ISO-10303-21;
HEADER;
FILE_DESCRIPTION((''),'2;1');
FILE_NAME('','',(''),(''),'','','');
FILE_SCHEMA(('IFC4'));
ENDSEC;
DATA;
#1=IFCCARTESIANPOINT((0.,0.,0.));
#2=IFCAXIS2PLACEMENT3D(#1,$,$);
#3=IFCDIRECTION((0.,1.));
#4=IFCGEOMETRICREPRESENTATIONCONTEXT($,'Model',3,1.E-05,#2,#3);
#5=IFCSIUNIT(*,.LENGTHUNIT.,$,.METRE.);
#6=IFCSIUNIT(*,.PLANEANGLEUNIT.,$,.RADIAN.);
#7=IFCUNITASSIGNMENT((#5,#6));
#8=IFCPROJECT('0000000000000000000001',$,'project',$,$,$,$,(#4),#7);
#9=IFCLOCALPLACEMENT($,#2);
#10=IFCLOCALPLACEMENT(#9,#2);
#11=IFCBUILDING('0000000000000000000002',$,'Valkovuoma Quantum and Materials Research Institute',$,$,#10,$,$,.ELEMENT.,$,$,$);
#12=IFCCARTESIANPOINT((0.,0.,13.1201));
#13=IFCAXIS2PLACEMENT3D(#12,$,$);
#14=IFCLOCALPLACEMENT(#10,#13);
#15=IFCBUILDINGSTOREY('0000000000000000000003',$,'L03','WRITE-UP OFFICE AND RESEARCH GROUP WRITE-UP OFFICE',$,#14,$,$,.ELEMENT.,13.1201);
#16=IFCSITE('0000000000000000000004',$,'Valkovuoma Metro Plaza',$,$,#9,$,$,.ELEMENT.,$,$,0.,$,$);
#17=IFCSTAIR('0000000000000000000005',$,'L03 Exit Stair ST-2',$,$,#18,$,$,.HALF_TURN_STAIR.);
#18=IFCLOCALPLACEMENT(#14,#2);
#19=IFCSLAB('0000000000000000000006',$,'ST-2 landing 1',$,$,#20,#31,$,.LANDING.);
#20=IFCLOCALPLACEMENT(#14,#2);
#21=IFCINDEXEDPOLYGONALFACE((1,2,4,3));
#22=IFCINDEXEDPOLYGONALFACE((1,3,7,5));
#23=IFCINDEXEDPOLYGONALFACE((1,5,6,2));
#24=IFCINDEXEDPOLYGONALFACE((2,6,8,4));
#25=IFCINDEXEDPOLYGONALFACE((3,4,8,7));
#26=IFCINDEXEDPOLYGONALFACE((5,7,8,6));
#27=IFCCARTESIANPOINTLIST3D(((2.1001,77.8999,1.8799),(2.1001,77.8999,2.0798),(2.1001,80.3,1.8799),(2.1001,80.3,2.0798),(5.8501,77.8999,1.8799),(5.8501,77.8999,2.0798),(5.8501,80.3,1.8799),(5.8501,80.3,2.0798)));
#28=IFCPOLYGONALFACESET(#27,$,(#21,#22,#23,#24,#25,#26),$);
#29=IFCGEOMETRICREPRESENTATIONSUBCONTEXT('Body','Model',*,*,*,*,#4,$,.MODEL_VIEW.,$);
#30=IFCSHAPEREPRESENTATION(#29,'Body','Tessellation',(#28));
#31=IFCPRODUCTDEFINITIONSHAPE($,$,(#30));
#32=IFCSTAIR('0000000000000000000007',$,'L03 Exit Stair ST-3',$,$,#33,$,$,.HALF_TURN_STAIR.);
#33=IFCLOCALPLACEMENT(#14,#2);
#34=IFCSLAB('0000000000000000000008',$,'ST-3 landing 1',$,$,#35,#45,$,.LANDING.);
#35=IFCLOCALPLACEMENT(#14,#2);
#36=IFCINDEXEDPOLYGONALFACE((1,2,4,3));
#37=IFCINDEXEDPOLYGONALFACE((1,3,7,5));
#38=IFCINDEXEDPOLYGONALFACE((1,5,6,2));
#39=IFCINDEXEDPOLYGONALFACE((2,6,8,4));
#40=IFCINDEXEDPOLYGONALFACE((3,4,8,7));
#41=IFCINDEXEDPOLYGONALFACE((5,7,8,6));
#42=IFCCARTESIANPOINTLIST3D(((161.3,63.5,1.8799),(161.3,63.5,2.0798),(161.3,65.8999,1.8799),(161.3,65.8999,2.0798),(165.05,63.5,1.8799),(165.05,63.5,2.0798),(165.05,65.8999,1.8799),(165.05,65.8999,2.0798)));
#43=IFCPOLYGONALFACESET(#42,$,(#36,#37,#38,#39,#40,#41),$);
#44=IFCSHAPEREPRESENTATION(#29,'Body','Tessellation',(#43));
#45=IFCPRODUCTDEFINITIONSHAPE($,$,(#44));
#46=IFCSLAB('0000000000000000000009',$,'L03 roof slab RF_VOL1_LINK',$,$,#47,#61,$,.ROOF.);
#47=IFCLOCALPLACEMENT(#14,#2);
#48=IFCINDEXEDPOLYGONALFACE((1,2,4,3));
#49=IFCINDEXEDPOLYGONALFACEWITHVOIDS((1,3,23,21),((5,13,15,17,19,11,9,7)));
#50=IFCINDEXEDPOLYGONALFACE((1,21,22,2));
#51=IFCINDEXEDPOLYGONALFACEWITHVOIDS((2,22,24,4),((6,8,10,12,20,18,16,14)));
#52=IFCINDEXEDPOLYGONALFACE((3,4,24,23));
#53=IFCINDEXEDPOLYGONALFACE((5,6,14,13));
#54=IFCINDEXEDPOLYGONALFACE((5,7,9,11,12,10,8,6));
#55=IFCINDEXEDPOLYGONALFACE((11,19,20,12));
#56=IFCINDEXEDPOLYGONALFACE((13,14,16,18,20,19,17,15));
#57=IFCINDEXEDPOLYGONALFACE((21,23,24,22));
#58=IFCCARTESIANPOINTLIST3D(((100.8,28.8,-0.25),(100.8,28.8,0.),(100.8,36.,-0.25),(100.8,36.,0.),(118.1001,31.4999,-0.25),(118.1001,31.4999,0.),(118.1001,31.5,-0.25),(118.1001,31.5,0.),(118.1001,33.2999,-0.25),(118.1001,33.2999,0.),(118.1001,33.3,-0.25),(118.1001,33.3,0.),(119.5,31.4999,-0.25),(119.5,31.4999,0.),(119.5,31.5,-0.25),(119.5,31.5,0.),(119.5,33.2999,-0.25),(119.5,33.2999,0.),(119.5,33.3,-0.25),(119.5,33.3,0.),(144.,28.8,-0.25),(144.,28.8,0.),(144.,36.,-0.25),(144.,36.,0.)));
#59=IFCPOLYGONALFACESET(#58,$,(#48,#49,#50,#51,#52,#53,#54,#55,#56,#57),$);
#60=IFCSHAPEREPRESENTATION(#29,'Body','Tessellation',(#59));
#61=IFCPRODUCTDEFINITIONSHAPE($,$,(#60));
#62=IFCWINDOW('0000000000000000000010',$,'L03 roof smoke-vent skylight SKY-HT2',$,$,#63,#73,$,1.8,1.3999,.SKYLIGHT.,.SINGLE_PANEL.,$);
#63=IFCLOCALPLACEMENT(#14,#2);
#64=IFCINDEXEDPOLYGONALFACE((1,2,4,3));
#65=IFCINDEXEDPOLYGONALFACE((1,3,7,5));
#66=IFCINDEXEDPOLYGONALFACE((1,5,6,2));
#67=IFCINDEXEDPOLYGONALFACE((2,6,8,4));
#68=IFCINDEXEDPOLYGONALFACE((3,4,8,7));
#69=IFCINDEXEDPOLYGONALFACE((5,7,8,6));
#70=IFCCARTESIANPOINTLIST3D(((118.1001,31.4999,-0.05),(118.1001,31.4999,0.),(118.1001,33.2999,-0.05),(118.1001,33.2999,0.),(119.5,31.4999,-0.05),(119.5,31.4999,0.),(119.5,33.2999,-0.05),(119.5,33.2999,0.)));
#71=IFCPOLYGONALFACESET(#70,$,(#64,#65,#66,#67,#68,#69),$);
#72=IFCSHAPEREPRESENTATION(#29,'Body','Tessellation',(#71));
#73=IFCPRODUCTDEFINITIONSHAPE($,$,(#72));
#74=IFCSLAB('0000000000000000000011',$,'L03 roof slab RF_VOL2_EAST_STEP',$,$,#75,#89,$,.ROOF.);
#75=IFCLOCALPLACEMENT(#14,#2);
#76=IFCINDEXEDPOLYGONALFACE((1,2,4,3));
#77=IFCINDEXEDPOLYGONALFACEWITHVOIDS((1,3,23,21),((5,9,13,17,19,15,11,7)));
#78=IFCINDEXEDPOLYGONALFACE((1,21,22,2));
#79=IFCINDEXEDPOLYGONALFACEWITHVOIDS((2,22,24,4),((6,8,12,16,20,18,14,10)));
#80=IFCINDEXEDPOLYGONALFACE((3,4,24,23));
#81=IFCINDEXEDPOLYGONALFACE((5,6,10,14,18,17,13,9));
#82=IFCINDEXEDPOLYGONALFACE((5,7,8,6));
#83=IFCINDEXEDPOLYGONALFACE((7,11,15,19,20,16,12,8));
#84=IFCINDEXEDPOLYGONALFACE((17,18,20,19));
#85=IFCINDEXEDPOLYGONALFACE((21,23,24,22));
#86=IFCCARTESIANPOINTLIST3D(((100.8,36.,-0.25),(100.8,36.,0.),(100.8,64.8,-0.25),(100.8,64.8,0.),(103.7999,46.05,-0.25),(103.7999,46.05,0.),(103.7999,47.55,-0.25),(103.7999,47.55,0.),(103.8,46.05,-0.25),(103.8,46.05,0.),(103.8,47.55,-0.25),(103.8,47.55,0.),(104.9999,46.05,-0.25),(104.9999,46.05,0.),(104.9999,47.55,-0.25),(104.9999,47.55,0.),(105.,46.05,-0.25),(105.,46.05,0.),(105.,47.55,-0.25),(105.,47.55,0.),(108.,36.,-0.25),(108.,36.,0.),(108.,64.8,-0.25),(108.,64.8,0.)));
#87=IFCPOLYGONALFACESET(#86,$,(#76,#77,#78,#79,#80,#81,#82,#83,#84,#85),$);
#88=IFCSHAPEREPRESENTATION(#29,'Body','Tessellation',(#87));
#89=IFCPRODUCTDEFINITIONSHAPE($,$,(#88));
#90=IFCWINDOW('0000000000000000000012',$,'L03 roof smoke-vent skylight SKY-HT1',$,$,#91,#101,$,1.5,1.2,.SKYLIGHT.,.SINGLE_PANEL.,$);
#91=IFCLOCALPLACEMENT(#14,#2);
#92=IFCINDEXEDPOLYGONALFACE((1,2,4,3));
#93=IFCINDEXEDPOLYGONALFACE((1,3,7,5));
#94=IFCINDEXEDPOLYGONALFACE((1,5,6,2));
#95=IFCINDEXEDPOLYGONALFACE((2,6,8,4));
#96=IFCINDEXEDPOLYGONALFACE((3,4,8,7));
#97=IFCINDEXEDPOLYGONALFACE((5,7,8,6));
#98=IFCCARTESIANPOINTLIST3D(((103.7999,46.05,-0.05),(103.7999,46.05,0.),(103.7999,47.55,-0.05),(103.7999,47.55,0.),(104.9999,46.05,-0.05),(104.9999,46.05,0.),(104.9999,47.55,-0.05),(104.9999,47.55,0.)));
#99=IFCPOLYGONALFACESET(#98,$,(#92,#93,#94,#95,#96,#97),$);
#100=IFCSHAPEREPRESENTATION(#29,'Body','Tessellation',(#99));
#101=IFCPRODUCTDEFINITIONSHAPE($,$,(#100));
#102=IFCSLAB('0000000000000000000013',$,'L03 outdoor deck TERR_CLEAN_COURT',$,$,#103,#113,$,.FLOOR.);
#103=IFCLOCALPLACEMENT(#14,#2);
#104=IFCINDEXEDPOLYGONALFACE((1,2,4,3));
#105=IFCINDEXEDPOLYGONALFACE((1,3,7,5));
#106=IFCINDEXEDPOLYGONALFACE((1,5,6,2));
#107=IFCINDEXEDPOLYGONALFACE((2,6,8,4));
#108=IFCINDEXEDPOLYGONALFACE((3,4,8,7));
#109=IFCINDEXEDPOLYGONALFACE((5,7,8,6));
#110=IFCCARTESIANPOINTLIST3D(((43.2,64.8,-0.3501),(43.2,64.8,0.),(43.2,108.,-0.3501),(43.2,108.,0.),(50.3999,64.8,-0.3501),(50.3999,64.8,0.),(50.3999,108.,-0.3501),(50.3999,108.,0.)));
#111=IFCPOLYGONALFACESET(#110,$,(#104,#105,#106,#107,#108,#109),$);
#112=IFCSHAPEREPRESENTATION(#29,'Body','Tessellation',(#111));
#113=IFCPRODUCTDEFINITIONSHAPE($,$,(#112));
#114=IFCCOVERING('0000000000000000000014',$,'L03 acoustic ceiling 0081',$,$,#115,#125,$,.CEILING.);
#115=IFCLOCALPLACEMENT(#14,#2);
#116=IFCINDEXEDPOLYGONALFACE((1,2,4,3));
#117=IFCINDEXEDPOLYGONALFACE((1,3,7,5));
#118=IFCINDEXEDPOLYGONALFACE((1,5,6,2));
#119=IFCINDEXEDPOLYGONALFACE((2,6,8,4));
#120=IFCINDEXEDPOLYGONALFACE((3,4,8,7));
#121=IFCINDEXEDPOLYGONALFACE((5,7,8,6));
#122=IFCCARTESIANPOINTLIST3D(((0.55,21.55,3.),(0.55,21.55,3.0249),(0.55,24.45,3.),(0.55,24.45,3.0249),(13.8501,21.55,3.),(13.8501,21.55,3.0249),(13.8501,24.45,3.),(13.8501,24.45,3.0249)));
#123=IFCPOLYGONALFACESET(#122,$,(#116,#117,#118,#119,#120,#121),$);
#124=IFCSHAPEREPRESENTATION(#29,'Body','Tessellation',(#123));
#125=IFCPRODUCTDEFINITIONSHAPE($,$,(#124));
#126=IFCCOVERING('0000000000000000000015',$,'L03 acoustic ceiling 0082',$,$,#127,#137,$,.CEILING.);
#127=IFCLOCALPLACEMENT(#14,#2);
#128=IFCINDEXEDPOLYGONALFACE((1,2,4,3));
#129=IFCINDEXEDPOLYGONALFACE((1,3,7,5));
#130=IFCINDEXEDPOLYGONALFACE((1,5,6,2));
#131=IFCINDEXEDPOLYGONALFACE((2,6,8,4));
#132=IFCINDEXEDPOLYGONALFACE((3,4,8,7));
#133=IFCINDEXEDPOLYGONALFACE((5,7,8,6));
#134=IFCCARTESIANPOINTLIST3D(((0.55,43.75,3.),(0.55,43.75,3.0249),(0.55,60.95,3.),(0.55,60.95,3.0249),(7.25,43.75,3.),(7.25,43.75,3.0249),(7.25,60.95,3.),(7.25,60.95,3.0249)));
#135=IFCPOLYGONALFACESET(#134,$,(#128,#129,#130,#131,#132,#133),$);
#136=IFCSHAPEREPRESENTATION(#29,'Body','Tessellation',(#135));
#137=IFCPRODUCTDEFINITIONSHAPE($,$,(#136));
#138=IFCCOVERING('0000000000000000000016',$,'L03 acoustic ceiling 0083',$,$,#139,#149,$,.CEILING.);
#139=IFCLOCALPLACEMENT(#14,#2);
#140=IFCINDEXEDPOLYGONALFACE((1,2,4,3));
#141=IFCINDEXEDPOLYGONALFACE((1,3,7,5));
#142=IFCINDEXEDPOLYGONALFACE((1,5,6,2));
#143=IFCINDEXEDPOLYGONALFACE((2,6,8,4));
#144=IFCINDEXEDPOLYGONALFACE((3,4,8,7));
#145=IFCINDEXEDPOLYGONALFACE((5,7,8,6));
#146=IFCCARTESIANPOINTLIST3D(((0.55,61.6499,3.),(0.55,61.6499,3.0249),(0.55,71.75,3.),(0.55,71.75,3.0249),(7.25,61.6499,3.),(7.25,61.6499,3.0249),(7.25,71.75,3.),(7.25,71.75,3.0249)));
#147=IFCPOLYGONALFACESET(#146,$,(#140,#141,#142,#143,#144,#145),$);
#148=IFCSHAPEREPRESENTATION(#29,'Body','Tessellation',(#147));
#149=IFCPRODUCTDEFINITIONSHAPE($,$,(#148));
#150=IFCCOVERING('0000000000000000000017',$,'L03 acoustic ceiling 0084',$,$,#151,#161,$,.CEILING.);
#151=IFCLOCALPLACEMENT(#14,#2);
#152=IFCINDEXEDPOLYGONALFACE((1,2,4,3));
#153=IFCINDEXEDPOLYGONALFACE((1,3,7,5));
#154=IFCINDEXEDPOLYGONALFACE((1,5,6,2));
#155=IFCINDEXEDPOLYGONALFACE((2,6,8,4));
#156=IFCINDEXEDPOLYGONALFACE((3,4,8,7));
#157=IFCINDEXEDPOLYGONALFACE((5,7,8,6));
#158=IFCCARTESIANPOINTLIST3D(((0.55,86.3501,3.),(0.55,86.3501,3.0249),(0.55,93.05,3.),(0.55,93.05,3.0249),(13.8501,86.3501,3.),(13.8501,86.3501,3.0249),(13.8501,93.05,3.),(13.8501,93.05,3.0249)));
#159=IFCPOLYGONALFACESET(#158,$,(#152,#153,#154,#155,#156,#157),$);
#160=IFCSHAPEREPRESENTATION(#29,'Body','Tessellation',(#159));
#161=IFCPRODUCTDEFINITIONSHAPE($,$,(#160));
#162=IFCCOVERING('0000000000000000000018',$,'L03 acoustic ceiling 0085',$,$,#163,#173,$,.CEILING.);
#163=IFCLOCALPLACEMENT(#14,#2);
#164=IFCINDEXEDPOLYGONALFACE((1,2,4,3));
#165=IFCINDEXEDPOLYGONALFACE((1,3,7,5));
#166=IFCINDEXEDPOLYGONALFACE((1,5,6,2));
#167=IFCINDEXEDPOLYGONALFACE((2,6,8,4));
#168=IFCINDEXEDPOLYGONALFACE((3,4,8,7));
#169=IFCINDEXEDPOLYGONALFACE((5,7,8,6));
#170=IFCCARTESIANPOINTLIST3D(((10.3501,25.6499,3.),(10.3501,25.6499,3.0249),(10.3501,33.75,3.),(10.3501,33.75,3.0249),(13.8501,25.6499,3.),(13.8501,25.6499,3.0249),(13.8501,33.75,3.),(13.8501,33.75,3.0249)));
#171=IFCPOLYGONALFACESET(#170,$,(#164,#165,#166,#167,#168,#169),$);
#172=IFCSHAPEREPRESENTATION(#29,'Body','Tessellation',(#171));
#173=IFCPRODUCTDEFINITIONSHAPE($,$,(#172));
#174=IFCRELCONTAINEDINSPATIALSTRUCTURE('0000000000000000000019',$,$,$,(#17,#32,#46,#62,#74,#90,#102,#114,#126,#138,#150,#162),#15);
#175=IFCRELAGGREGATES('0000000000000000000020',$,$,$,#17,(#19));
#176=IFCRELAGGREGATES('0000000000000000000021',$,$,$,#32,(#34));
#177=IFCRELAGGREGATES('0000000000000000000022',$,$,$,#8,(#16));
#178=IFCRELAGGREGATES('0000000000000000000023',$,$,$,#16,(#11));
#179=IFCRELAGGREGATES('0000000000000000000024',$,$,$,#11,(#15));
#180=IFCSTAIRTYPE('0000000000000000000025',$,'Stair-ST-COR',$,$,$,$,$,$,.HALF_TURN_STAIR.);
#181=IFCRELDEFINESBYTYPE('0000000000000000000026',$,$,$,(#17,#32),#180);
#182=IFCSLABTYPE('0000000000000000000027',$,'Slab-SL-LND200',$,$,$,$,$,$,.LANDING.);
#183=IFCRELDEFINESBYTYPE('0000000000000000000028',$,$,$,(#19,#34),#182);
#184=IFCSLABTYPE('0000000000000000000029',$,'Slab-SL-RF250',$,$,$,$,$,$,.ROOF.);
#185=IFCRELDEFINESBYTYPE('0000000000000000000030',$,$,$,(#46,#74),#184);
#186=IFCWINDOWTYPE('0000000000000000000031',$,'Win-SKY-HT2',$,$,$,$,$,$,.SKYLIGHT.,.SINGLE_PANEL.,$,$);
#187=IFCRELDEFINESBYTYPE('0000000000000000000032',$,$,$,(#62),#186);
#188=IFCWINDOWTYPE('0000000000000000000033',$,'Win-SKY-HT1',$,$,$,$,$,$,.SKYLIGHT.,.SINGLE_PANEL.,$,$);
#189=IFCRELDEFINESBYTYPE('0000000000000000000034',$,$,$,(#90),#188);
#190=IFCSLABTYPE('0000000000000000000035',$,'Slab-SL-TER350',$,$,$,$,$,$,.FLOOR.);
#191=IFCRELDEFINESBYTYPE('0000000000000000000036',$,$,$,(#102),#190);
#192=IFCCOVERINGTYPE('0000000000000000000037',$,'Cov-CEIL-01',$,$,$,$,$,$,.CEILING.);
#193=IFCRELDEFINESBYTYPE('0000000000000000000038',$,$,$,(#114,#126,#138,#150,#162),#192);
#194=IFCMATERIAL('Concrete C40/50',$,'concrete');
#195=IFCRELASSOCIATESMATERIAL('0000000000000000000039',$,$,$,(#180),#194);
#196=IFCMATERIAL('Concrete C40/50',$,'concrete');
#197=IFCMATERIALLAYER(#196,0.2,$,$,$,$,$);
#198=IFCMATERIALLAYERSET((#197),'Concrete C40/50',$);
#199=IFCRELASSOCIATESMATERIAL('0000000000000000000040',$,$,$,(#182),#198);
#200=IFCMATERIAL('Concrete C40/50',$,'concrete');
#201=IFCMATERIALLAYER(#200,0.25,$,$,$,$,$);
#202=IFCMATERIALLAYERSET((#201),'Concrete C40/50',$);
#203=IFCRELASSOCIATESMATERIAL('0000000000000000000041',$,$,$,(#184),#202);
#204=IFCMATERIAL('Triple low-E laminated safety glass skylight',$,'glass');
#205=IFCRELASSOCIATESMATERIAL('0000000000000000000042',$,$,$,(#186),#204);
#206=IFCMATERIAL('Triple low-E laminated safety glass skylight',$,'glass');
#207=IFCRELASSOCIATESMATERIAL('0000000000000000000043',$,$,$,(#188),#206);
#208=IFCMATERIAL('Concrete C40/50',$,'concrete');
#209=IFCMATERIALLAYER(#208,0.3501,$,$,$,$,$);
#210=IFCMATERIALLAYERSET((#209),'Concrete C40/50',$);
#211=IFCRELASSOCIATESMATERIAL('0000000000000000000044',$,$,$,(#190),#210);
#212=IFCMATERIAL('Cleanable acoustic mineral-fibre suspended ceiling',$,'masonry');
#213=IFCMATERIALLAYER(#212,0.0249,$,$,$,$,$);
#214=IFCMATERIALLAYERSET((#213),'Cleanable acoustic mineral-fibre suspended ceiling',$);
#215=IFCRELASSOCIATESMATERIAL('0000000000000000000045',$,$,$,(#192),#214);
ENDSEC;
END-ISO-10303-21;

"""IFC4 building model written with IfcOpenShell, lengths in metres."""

from ifc_helpers import new_model, si_unit, direction, frame, origin, origin_2d, place, context, subcontext, project, spatial, polyline, rectangle, outline, extrude, material, layer, layer_set, type_object, element, fill, aggregate, save


model = new_model("IFC4")

# Units and contexts
model_context = context("Model", 3, precision=1e-05, world=origin(), true_north=direction((0.0, 1.0)))
body_context = subcontext(model_context, "Body", "Model", "MODEL_VIEW")
ifc_project = project(units=[si_unit("LENGTHUNIT", "METRE"), si_unit("PLANEANGLEUNIT", "RADIAN")], contexts=[model_context])

# Site, building, storey
site_placement = place(None, origin())
site = spatial("IfcSite", under=ifc_project, at=site_placement, Name="Valkovuoma Metro Plaza", CompositionType="ELEMENT", RefElevation=0.0)
building_placement = place(site_placement, origin())
building = spatial("IfcBuilding", under=site, at=building_placement, Name="Valkovuoma Quantum and Materials Research Institute", CompositionType="ELEMENT")
storey_placement = place(building_placement, frame((0.0, 0.0, 13.1201)))
storey = spatial("IfcBuildingStorey", under=building, at=storey_placement, Name="L03", Description="WRITE-UP OFFICE AND RESEARCH GROUP WRITE-UP OFFICE", CompositionType="ELEMENT", Elevation=13.1201)

# Stairs, slabs
ifc_material_1 = material(Name="Concrete C40/50", Category="concrete")
stair_type = type_object("IfcStairType", Name="Stair-ST-COR", PredefinedType="HALF_TURN_STAIR", material=ifc_material_1)
ifc_material_2 = material(Name="Concrete C40/50", Category="concrete")
ifc_layer_1 = layer(ifc_material_2, 0.2)
ifc_layer_set_1 = layer_set([ifc_layer_1], Name="Concrete C40/50")
slab_type_1 = type_object("IfcSlabType", Name="Slab-SL-LND200", PredefinedType="LANDING", material=ifc_layer_set_1)
stair_1_placement = place(storey_placement, origin())
stair_1 = element("IfcStair", 1, at=stair_1_placement, inside=storey, type_object=stair_type, Name="L03 Exit Stair ST-2", PredefinedType="HALF_TURN_STAIR")
slab_1_placement = place(storey_placement, frame((0.0, 0.0, 1.8799)))
slab_1 = element("IfcSlab", 2, at=slab_1_placement, type_object=slab_type_1, Name="ST-2 landing 1", PredefinedType="LANDING", context=body_context, shape_type="SweptSolid", body=[
    extrude(outline(polyline([(5.8501, 77.8999), (5.8501, 80.3), (2.1001, 80.3), (2.1001, 77.8999), (5.8501, 77.8999)])), origin(), (0.0, 0.0, 1.0), 0.2),
])
aggregate(stair_1, [slab_1])
stair_2_placement = place(storey_placement, origin())
stair_2 = element("IfcStair", 3, at=stair_2_placement, inside=storey, type_object=stair_type, Name="L03 Exit Stair ST-3", PredefinedType="HALF_TURN_STAIR")
slab_2_placement = place(storey_placement, frame((0.0, 0.0, 1.8799)))
slab_2 = element("IfcSlab", 4, at=slab_2_placement, type_object=slab_type_1, Name="ST-3 landing 1", PredefinedType="LANDING", context=body_context, shape_type="SweptSolid", body=[
    extrude(outline(polyline([(165.05, 63.5), (165.05, 65.8999), (161.3, 65.8999), (161.3, 63.5), (165.05, 63.5)])), origin(), (0.0, 0.0, 1.0), 0.2),
])
aggregate(stair_2, [slab_2])

# Slabs, openings, windows
ifc_material_3 = material(Name="Concrete C40/50", Category="concrete")
ifc_layer_2 = layer(ifc_material_3, 0.25)
ifc_layer_set_2 = layer_set([ifc_layer_2], Name="Concrete C40/50")
slab_type_2 = type_object("IfcSlabType", Name="Slab-SL-RF250", PredefinedType="ROOF", material=ifc_layer_set_2)
slab_3_placement = place(storey_placement, frame((0.0, 0.0, -0.25)))
slab_3 = element("IfcSlab", 5, at=slab_3_placement, inside=storey, type_object=slab_type_2, Name="L03 roof slab RF_VOL1_LINK", PredefinedType="ROOF", context=body_context, shape_type="SweptSolid", body=[
    extrude(outline(polyline([(100.8, 28.8), (144.0, 28.8), (144.0, 36.0), (100.8, 36.0), (100.8, 28.8)]), holes=[polyline([(118.1001, 31.5), (119.5, 31.5), (119.5, 33.3), (118.1001, 33.3), (118.1001, 31.5)])]), origin(), (0.0, 0.0, 1.0), 0.25),
])
opening_1_placement = place(slab_3_placement, frame((118.8, 32.3999, -0.01)))
opening_1 = element("IfcOpeningElement", 6, at=opening_1_placement, cuts=slab_3, PredefinedType="OPENING", context=body_context, shape_type="SweptSolid", body=[
    extrude(rectangle(XDim=1.3999, YDim=1.8, at=origin_2d()), origin(), (0.0, 0.0, 1.0), 0.27),
])
ifc_material_4 = material(Name="Triple low-E laminated safety glass skylight", Category="glass")
window_type_1 = type_object("IfcWindowType", Name="Win-SKY-HT2", PartitioningType="SINGLE_PANEL", PredefinedType="SKYLIGHT", material=ifc_material_4)
window_1_placement = place(opening_1_placement, frame((0.0, 0.0, 0.21)))
window_1 = element("IfcWindow", 7, at=window_1_placement, inside=storey, type_object=window_type_1, Name="L03 roof smoke-vent skylight SKY-HT2", OverallHeight=1.8, OverallWidth=1.3999, PartitioningType="SINGLE_PANEL", PredefinedType="SKYLIGHT", context=body_context, shape_type="SweptSolid", body=[
    extrude(rectangle(XDim=1.3999, YDim=1.8, at=origin_2d()), origin(), (0.0, 0.0, 1.0), 0.05),
])
fill(opening_1, window_1)
slab_4_placement = place(storey_placement, frame((0.0, 0.0, -0.25)))
slab_4 = element("IfcSlab", 8, at=slab_4_placement, inside=storey, type_object=slab_type_2, Name="L03 roof slab RF_VOL2_EAST_STEP", PredefinedType="ROOF", context=body_context, shape_type="SweptSolid", body=[
    extrude(outline(polyline([(100.8, 36.0), (108.0, 36.0), (108.0, 64.8), (100.8, 64.8), (100.8, 36.0)]), holes=[polyline([(103.8, 46.05), (105.0, 46.05), (105.0, 47.55), (103.8, 47.55), (103.8, 46.05)])]), origin(), (0.0, 0.0, 1.0), 0.25),
])
opening_2_placement = place(slab_4_placement, frame((104.3999, 46.8, -0.01)))
opening_2 = element("IfcOpeningElement", 9, at=opening_2_placement, cuts=slab_4, PredefinedType="OPENING", context=body_context, shape_type="SweptSolid", body=[
    extrude(rectangle(XDim=1.2, YDim=1.5, at=origin_2d()), origin(), (0.0, 0.0, 1.0), 0.27),
])
ifc_material_5 = material(Name="Triple low-E laminated safety glass skylight", Category="glass")
window_type_2 = type_object("IfcWindowType", Name="Win-SKY-HT1", PartitioningType="SINGLE_PANEL", PredefinedType="SKYLIGHT", material=ifc_material_5)
window_2_placement = place(opening_2_placement, frame((0.0, 0.0, 0.21)))
window_2 = element("IfcWindow", 10, at=window_2_placement, inside=storey, type_object=window_type_2, Name="L03 roof smoke-vent skylight SKY-HT1", OverallHeight=1.5, OverallWidth=1.2, PartitioningType="SINGLE_PANEL", PredefinedType="SKYLIGHT", context=body_context, shape_type="SweptSolid", body=[
    extrude(rectangle(XDim=1.2, YDim=1.5, at=origin_2d()), origin(), (0.0, 0.0, 1.0), 0.05),
])
fill(opening_2, window_2)

# Slab
ifc_material_6 = material(Name="Concrete C40/50", Category="concrete")
ifc_layer_3 = layer(ifc_material_6, 0.3501)
ifc_layer_set_3 = layer_set([ifc_layer_3], Name="Concrete C40/50")
slab_type_3 = type_object("IfcSlabType", Name="Slab-SL-TER350", PredefinedType="FLOOR", material=ifc_layer_set_3)
slab_5_placement = place(storey_placement, frame((0.0, 0.0, -0.3501)))
element("IfcSlab", 11, at=slab_5_placement, inside=storey, type_object=slab_type_3, Name="L03 outdoor deck TERR_CLEAN_COURT", PredefinedType="FLOOR", context=body_context, shape_type="SweptSolid", body=[
    extrude(outline(polyline([(43.2, 64.8), (50.3999, 64.8), (50.3999, 108.0), (43.2, 108.0), (43.2, 64.8)])), origin(), (0.0, 0.0, 1.0), 0.3501),
])

# Coverings
ifc_material_7 = material(Name="Cleanable acoustic mineral-fibre suspended ceiling", Category="masonry")
ifc_layer_4 = layer(ifc_material_7, 0.0249)
ifc_layer_set_4 = layer_set([ifc_layer_4], Name="Cleanable acoustic mineral-fibre suspended ceiling")
covering_type_1 = type_object("IfcCoveringType", Name="Cov-CEIL-01", PredefinedType="CEILING", material=ifc_layer_set_4)
covering_1_placement = place(storey_placement, frame((0.0, 0.0, 3.0)))
element("IfcCovering", 12, at=covering_1_placement, inside=storey, type_object=covering_type_1, Name="L03 acoustic ceiling 0081", PredefinedType="CEILING", context=body_context, shape_type="SweptSolid", body=[
    extrude(outline(polyline([(0.55, 21.55), (13.8501, 21.55), (13.8501, 24.45), (0.55, 24.45), (0.55, 21.55)])), origin(), (0.0, 0.0, 1.0), 0.0249),
])
covering_2_placement = place(storey_placement, frame((0.0, 0.0, 3.0)))
element("IfcCovering", 13, at=covering_2_placement, inside=storey, type_object=covering_type_1, Name="L03 acoustic ceiling 0082", PredefinedType="CEILING", context=body_context, shape_type="SweptSolid", body=[
    extrude(outline(polyline([(0.55, 43.75), (7.25, 43.75), (7.25, 60.95), (0.55, 60.95), (0.55, 43.75)])), origin(), (0.0, 0.0, 1.0), 0.0249),
])
covering_3_placement = place(storey_placement, frame((0.0, 0.0, 3.0)))
element("IfcCovering", 14, at=covering_3_placement, inside=storey, type_object=covering_type_1, Name="L03 acoustic ceiling 0083", PredefinedType="CEILING", context=body_context, shape_type="SweptSolid", body=[
    extrude(outline(polyline([(0.55, 61.6499), (7.25, 61.6499), (7.25, 71.75), (0.55, 71.75), (0.55, 61.6499)])), origin(), (0.0, 0.0, 1.0), 0.0249),
])
covering_4_placement = place(storey_placement, frame((0.0, 0.0, 3.0)))
element("IfcCovering", 15, at=covering_4_placement, inside=storey, type_object=covering_type_1, Name="L03 acoustic ceiling 0084", PredefinedType="CEILING", context=body_context, shape_type="SweptSolid", body=[
    extrude(outline(polyline([(0.55, 86.3501), (13.8501, 86.3501), (13.8501, 93.05), (0.55, 93.05), (0.55, 86.3501)])), origin(), (0.0, 0.0, 1.0), 0.0249),
])
covering_5_placement = place(storey_placement, frame((0.0, 0.0, 3.0)))
element("IfcCovering", 16, at=covering_5_placement, inside=storey, type_object=covering_type_1, Name="L03 acoustic ceiling 0085", PredefinedType="CEILING", context=body_context, shape_type="SweptSolid", body=[
    extrude(outline(polyline([(10.3501, 25.6499), (13.8501, 25.6499), (13.8501, 33.75), (10.3501, 33.75), (10.3501, 25.6499)])), origin(), (0.0, 0.0, 1.0), 0.0249),
])

save(model, "model.ifc")
